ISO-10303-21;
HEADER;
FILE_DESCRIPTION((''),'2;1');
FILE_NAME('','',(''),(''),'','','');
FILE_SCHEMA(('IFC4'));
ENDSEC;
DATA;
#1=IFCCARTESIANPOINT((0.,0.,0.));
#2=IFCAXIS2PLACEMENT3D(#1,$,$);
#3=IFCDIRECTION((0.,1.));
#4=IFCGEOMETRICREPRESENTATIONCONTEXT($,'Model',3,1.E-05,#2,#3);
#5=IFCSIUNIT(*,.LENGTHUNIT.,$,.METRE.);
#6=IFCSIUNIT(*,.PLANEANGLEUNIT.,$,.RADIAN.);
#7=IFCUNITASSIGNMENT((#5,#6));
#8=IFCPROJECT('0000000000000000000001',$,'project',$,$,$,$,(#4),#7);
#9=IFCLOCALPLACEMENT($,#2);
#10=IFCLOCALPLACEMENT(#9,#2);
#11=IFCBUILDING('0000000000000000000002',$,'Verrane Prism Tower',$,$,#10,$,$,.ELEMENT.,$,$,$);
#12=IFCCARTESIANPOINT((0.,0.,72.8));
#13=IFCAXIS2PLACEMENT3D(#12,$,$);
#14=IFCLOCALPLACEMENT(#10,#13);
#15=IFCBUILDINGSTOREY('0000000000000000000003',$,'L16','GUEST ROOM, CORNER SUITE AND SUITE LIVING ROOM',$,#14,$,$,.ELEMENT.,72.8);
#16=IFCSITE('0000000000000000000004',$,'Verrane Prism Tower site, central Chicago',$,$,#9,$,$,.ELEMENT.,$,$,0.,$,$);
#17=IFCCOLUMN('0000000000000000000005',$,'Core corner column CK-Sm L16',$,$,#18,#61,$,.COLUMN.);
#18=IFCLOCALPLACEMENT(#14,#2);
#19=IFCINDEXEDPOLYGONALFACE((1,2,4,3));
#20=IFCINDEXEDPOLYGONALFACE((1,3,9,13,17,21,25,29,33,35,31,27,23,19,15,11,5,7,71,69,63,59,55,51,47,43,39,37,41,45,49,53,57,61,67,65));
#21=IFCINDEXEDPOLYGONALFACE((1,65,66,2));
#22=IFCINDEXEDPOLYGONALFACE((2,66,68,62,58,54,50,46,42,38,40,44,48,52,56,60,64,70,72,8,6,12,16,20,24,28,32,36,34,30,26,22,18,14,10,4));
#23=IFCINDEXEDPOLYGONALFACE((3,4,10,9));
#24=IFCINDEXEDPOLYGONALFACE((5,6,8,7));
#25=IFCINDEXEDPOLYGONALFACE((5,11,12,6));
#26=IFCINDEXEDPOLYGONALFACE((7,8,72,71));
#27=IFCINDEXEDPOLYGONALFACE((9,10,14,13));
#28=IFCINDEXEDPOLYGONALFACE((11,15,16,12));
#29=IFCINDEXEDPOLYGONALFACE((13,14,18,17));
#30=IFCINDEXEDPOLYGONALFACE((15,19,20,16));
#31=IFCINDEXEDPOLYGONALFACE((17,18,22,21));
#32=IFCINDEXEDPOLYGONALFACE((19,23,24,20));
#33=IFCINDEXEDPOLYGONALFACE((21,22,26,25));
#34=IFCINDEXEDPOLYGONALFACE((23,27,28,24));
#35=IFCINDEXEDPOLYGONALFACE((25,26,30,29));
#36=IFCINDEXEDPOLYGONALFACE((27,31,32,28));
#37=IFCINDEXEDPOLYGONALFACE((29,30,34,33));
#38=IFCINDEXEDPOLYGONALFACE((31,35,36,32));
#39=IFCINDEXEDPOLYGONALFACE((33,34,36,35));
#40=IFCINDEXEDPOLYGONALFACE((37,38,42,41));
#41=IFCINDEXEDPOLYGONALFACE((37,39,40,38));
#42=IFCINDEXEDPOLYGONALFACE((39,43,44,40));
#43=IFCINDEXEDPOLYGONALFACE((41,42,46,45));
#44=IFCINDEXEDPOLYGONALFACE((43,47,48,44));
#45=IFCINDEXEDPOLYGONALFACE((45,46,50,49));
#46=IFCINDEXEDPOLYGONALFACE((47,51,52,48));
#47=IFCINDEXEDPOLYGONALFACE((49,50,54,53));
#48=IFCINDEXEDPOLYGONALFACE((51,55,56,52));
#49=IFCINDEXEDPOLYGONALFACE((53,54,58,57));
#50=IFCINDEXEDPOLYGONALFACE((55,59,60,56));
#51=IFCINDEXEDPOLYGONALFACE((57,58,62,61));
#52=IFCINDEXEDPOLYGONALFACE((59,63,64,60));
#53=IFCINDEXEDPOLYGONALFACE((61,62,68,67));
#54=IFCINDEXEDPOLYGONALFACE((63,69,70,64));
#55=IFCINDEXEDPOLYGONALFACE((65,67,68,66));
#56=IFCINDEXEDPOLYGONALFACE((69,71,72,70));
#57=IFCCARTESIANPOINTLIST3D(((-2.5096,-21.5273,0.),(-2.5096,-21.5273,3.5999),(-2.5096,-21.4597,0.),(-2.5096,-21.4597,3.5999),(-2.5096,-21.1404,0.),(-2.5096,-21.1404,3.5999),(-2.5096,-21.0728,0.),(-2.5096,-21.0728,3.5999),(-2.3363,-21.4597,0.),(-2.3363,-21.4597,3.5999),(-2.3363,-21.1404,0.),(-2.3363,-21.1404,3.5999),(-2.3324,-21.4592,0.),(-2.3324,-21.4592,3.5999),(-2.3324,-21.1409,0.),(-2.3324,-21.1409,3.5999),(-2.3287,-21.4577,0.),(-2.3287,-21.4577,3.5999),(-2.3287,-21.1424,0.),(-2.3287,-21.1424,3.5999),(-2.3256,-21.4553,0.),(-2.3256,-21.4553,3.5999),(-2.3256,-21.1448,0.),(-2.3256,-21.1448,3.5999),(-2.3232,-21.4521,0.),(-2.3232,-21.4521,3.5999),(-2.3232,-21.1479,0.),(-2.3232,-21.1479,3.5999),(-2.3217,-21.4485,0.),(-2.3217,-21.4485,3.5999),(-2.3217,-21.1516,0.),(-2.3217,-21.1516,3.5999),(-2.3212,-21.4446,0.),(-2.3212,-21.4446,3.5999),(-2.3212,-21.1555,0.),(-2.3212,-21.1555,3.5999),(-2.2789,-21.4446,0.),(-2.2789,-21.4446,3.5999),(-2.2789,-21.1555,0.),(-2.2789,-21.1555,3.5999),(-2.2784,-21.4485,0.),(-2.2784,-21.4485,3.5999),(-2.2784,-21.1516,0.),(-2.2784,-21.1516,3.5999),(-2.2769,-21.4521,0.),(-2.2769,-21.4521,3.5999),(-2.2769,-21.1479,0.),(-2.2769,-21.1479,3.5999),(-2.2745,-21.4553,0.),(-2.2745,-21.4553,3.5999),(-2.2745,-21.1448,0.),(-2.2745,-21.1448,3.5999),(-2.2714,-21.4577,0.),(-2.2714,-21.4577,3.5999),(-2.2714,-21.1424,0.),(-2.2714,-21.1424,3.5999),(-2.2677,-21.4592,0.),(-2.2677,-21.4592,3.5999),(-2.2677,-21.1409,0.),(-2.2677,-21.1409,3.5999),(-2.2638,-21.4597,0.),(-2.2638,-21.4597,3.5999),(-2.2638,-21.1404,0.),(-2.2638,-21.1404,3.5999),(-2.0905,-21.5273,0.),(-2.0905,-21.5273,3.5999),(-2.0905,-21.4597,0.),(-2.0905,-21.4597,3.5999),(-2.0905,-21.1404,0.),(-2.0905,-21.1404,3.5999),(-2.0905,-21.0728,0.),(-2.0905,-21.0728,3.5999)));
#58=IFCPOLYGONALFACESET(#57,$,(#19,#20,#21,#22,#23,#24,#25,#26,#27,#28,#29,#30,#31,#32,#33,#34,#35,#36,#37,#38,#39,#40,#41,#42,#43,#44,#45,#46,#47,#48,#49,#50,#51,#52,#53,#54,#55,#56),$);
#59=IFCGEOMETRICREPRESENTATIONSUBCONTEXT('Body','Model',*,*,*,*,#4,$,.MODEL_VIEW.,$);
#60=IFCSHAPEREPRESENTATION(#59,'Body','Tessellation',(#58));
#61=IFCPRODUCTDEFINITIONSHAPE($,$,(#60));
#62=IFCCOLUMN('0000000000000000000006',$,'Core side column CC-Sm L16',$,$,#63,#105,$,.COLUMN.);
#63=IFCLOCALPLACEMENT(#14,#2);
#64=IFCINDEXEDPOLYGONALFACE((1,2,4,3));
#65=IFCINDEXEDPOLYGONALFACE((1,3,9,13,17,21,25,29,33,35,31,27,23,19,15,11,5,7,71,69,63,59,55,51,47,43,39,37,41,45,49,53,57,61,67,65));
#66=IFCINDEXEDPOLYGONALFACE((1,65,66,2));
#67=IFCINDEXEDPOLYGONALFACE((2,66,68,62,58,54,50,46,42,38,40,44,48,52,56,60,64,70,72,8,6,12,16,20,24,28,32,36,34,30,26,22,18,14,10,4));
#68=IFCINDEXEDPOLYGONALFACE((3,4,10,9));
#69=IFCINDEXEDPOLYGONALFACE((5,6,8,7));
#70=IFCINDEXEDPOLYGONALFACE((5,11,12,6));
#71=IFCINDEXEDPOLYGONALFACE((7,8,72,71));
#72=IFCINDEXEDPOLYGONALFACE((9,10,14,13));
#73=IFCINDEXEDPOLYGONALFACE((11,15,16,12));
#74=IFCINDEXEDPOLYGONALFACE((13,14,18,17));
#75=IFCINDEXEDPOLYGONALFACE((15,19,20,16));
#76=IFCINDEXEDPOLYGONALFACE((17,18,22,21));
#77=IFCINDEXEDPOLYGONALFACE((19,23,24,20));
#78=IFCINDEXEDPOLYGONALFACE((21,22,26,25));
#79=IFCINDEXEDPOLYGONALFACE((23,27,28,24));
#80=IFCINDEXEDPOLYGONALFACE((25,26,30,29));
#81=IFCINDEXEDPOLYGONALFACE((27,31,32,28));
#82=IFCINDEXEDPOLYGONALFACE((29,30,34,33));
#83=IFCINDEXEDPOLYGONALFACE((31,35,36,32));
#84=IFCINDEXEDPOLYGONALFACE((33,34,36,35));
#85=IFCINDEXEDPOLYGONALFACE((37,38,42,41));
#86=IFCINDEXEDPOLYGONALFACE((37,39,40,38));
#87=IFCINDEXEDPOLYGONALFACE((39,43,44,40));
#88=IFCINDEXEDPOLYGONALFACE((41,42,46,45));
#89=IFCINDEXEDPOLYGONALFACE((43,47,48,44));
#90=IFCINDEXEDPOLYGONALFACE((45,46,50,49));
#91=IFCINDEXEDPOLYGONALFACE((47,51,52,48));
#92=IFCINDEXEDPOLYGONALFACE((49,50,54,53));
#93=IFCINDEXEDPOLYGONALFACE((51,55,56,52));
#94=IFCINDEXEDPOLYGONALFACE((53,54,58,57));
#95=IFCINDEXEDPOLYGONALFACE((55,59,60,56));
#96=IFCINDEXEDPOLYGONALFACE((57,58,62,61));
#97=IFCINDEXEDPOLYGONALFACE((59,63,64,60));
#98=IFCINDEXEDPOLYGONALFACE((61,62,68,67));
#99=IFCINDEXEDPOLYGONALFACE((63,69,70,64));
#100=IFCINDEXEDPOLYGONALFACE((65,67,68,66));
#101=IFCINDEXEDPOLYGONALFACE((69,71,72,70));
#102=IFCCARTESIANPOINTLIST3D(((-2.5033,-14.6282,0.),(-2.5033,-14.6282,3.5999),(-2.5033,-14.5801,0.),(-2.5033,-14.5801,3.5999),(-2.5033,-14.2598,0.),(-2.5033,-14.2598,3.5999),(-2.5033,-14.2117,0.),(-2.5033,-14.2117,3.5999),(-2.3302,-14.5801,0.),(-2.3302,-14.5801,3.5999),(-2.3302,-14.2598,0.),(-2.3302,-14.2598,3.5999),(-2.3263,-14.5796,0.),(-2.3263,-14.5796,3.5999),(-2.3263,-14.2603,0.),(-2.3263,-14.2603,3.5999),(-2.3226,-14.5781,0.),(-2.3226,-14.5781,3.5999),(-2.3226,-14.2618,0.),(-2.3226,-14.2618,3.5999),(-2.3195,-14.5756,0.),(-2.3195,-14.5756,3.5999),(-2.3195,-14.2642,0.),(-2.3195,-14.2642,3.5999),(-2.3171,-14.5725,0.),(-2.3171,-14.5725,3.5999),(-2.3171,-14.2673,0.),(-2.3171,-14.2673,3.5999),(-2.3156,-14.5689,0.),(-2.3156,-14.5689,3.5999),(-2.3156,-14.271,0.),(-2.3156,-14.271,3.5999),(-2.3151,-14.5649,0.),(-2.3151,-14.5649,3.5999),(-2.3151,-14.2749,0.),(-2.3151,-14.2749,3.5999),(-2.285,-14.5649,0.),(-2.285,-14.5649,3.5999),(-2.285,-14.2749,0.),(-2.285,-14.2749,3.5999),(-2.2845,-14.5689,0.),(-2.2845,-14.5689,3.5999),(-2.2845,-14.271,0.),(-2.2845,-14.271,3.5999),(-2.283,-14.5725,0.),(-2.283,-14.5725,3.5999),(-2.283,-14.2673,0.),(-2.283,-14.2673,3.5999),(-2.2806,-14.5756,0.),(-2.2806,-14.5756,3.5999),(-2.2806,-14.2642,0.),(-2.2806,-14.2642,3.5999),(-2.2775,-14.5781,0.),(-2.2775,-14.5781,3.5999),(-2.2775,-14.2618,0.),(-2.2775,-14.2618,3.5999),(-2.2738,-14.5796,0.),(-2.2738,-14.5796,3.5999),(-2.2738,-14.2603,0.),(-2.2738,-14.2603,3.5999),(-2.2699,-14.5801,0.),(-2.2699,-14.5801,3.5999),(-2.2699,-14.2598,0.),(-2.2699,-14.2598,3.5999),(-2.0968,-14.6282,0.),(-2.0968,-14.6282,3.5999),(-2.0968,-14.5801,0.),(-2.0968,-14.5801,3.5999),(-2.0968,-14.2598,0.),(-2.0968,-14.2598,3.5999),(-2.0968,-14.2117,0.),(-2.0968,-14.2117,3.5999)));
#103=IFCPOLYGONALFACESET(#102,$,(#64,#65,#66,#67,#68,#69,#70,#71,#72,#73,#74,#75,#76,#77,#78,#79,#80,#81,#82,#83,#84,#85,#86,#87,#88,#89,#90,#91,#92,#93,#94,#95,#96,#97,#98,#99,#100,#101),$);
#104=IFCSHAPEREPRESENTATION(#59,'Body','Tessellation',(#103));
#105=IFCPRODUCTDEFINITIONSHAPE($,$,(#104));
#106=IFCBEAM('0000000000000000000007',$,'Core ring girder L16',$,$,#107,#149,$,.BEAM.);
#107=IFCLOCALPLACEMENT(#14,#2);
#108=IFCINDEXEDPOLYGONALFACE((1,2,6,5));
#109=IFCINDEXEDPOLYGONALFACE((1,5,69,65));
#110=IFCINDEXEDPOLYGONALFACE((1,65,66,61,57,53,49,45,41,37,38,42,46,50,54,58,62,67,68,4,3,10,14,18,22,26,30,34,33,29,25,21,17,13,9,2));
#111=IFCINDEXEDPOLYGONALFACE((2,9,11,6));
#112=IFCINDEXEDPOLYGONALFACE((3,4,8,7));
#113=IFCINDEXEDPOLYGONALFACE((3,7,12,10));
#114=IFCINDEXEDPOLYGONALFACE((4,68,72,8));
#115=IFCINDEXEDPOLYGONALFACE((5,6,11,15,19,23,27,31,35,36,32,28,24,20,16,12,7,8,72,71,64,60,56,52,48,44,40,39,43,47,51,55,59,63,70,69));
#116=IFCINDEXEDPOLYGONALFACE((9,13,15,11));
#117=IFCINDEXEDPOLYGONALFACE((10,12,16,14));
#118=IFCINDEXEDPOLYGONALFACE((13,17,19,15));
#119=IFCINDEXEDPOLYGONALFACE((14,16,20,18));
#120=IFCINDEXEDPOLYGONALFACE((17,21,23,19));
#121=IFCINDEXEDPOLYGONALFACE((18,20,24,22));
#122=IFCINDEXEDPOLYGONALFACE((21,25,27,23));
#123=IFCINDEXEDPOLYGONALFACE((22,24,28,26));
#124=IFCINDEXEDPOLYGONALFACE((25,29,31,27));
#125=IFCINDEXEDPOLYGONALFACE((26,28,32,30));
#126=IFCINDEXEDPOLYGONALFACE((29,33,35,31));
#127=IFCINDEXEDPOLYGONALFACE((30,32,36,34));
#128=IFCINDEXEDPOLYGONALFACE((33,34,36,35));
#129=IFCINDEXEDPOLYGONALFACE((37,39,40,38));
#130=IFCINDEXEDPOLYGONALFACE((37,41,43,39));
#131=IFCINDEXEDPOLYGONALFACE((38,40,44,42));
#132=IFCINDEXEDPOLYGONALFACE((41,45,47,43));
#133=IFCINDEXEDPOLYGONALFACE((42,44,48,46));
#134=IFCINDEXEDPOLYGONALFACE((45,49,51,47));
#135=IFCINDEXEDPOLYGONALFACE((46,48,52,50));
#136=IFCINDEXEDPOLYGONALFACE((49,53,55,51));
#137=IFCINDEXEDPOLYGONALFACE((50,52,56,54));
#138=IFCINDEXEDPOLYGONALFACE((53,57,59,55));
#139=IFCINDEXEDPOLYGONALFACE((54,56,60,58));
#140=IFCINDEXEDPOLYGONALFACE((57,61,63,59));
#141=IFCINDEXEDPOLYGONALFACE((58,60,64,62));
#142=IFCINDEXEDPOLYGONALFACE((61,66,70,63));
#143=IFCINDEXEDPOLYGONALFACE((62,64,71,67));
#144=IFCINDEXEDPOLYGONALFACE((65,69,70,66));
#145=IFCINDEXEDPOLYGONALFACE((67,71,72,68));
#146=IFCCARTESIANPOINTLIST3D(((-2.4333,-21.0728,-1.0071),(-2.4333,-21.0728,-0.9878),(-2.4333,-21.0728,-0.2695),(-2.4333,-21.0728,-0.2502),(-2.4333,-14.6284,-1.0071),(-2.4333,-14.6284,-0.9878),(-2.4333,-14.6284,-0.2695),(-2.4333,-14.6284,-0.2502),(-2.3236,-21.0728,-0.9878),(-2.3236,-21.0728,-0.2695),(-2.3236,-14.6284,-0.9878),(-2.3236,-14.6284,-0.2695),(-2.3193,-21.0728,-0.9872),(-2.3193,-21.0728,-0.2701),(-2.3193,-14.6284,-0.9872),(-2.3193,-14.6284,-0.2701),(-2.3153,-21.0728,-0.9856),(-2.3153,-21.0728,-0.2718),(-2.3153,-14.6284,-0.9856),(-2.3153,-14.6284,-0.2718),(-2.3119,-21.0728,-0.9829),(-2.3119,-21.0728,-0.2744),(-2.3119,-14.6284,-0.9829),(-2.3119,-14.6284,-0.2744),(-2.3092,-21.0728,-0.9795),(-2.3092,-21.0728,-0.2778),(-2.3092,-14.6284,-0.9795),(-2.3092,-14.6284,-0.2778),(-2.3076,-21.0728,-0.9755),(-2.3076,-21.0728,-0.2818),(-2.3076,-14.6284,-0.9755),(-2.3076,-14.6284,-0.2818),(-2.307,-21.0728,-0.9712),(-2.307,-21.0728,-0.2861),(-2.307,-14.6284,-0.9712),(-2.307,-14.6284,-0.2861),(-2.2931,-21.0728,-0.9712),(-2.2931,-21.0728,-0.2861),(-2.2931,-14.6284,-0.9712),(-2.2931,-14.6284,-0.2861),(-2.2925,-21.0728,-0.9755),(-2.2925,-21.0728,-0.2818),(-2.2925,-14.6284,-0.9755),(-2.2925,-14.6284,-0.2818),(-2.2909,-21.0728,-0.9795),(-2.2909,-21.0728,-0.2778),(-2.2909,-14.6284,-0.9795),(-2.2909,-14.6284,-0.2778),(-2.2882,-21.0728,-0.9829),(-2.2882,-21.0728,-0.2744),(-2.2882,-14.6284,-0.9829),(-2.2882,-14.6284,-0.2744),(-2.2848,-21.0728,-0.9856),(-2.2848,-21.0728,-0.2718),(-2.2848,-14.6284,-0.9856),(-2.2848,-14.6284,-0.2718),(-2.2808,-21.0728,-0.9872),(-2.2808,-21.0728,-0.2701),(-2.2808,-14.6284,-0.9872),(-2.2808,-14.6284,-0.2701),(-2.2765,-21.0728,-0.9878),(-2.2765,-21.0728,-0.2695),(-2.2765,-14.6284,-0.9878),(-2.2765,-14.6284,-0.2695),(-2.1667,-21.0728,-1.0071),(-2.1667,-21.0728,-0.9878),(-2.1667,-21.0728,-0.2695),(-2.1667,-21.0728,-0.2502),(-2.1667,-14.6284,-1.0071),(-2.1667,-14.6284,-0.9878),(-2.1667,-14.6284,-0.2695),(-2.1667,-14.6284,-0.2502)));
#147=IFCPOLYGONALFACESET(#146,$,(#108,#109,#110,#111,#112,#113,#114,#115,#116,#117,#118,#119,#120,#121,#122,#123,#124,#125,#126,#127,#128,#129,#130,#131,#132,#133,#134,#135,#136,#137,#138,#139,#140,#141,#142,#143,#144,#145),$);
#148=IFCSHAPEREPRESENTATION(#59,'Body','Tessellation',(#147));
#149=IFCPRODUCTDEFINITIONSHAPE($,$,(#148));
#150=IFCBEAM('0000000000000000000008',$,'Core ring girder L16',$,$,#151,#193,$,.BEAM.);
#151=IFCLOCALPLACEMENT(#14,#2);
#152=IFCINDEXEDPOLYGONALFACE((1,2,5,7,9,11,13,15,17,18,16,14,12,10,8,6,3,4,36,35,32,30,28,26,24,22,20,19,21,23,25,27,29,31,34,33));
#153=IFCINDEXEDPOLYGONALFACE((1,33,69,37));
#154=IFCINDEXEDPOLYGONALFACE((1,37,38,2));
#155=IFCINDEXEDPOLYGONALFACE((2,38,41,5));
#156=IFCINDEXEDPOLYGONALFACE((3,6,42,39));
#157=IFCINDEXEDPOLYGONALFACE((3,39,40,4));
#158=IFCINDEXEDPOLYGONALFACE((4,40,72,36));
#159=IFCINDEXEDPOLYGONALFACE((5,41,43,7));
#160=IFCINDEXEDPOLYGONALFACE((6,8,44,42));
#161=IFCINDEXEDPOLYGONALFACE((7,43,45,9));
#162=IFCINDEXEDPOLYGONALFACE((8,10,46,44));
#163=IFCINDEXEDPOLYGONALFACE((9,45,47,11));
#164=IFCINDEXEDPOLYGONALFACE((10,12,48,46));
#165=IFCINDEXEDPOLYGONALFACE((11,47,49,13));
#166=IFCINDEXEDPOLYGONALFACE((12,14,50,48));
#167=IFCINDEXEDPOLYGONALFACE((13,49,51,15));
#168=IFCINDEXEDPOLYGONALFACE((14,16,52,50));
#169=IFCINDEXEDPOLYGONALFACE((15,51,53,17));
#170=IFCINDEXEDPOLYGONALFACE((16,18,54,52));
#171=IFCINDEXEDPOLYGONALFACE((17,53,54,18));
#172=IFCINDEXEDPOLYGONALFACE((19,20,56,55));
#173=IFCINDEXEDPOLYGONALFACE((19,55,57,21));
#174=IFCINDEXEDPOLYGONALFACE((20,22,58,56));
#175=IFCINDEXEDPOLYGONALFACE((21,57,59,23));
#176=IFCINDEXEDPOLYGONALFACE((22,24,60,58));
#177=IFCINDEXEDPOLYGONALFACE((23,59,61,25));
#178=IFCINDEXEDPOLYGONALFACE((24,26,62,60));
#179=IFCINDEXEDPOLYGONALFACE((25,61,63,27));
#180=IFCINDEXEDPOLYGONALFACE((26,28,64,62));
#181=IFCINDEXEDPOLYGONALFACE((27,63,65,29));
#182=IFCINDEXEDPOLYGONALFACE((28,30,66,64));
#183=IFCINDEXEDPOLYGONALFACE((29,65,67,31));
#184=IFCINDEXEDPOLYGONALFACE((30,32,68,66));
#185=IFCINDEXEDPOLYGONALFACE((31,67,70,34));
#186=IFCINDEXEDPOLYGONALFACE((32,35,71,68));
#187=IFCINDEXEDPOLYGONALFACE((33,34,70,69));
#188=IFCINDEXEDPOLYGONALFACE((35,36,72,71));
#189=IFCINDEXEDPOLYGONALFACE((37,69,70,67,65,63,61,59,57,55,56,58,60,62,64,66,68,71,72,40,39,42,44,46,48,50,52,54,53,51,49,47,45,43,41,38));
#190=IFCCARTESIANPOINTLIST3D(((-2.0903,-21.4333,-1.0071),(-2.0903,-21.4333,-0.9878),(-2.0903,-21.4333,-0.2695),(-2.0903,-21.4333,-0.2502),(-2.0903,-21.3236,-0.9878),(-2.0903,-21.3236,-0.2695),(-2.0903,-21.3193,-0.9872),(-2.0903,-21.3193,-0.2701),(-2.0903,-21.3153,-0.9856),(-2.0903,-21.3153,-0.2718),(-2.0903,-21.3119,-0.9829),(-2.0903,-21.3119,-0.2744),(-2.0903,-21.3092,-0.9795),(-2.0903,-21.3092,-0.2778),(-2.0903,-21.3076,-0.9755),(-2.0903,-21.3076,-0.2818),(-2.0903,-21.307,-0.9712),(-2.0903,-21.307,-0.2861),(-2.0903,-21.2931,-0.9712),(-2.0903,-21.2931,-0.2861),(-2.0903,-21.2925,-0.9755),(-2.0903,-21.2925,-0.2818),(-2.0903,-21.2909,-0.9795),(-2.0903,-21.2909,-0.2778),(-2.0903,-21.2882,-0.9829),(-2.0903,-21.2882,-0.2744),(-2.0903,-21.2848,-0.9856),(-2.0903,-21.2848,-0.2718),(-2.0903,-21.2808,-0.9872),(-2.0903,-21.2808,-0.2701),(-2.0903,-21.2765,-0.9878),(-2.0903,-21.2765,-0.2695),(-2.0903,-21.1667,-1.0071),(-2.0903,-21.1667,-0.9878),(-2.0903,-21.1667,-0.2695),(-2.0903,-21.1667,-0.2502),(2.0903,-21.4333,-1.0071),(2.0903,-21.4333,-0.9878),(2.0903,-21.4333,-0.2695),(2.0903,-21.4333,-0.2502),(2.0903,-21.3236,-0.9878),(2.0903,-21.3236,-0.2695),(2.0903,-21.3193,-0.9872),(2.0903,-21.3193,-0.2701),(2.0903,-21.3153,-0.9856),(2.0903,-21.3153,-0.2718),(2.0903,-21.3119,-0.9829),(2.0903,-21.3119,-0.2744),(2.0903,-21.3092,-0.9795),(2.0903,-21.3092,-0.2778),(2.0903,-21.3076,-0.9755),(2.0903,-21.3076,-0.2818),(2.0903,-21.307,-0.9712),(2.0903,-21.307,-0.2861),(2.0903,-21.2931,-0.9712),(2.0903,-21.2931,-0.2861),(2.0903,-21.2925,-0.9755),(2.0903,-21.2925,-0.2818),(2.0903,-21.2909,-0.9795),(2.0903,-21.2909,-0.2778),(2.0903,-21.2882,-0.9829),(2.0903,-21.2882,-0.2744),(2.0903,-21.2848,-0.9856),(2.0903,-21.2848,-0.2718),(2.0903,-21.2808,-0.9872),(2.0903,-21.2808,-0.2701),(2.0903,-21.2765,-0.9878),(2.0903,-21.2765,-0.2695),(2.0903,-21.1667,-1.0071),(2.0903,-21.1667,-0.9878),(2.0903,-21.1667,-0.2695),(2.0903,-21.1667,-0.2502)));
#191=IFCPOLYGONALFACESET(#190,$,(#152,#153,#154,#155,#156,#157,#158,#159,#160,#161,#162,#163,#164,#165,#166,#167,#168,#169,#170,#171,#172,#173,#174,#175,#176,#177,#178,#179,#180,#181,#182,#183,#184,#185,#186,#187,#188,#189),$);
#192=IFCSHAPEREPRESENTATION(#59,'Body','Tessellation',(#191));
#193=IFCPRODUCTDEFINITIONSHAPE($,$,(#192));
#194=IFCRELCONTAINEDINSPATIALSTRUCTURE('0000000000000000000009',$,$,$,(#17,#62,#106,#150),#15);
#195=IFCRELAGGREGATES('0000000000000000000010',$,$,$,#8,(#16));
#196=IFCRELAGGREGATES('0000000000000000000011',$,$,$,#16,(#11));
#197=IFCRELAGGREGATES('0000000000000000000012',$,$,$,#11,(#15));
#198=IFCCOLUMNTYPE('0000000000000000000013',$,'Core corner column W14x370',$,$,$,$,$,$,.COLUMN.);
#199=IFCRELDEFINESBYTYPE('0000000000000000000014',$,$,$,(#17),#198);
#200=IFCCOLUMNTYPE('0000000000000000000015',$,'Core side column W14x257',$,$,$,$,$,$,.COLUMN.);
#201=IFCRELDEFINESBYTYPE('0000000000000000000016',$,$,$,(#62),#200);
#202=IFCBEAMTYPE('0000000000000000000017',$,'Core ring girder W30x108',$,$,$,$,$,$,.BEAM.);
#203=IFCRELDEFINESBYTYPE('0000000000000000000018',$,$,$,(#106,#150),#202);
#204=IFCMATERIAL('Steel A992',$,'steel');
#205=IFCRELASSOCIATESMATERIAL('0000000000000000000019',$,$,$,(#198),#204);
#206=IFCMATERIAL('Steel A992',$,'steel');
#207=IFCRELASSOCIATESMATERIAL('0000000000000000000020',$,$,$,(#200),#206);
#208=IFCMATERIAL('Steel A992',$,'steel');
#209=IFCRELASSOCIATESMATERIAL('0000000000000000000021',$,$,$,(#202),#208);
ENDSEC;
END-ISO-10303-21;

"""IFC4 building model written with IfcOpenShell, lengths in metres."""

from ifc_helpers import new_model, si_unit, direction, frame, origin, origin_2d, place, context, subcontext, project, spatial, i_section, extrude, material, material_profile, profile_set, type_object, element, save


model = new_model("IFC4")

# Units and contexts
model_context = context("Model", 3, precision=1e-05, world=origin(), true_north=direction((0.0, 1.0)))
body_context = subcontext(model_context, "Body", "Model", "MODEL_VIEW")
ifc_project = project(units=[si_unit("LENGTHUNIT", "METRE"), si_unit("PLANEANGLEUNIT", "RADIAN")], contexts=[model_context])

# Site, building, storey
site_placement = place(None, origin())
site = spatial("IfcSite", under=ifc_project, at=site_placement, Name="Verrane Prism Tower site, central Chicago", CompositionType="ELEMENT", RefElevation=0.0)
building_placement = place(site_placement, origin())
building = spatial("IfcBuilding", under=site, at=building_placement, Name="Verrane Prism Tower", CompositionType="ELEMENT")
storey_placement = place(building_placement, frame((0.0, 0.0, 72.8)))
storey = spatial("IfcBuildingStorey", under=building, at=storey_placement, Name="L16", Description="GUEST ROOM, CORNER SUITE AND SUITE LIVING ROOM", CompositionType="ELEMENT", Elevation=72.8)

# Columns
ifc_material_1 = material(Name="Steel A992", Category="steel")
ifc_material_profile_1 = material_profile(ifc_material_1, i_section(OverallWidth=0.4192, OverallDepth=0.4546, WebThickness=0.0422, FlangeThickness=0.0676, FilletRadius=0.0151, at=origin_2d()), Name="W14x370")
ifc_profile_set_1 = profile_set([ifc_material_profile_1], Name="Steel A992")
column_type_1 = type_object("IfcColumnType", Name="Core corner column W14x370", PredefinedType="COLUMN", material=ifc_profile_set_1)
column_1_placement = place(storey_placement, frame((-2.3, -21.3, 0.0), z_axis=(0.0, 0.0, 1.0), x_axis=(-1.0, 0.0, 0.0)))
element("IfcColumn", 1, at=column_1_placement, inside=storey, type_object=column_type_1, Name="Core corner column CK-Sm L16", PredefinedType="COLUMN", context=body_context, shape_type="SweptSolid", body=[
    extrude(i_section(OverallWidth=0.4192, OverallDepth=0.4546, WebThickness=0.0422, FlangeThickness=0.0676, FilletRadius=0.0151, at=origin_2d()), origin(), (0.0, 0.0, 1.0), 3.5999),
])
ifc_material_2 = material(Name="Steel A992", Category="steel")
ifc_material_profile_2 = material_profile(ifc_material_2, i_section(OverallWidth=0.4065, OverallDepth=0.4165, WebThickness=0.03, FlangeThickness=0.0481, FilletRadius=0.0151, at=origin_2d()), Name="W14x257")
ifc_profile_set_2 = profile_set([ifc_material_profile_2], Name="Steel A992")
column_type_2 = type_object("IfcColumnType", Name="Core side column W14x257", PredefinedType="COLUMN", material=ifc_profile_set_2)
column_2_placement = place(storey_placement, frame((-2.3, -14.4199, 0.0), z_axis=(0.0, 0.0, 1.0), x_axis=(1.0, 0.0, 0.0)))
element("IfcColumn", 2, at=column_2_placement, inside=storey, type_object=column_type_2, Name="Core side column CC-Sm L16", PredefinedType="COLUMN", context=body_context, shape_type="SweptSolid", body=[
    extrude(i_section(OverallWidth=0.4065, OverallDepth=0.4165, WebThickness=0.03, FlangeThickness=0.0481, FilletRadius=0.0151, at=origin_2d()), origin(), (0.0, 0.0, 1.0), 3.5999),
])

# Beams
ifc_material_3 = material(Name="Steel A992", Category="steel")
ifc_material_profile_3 = material_profile(ifc_material_3, i_section(OverallWidth=0.2666, OverallDepth=0.7568, WebThickness=0.0139, FlangeThickness=0.0193, FilletRadius=0.0166, at=origin_2d()), Name="W30x108")
ifc_profile_set_3 = profile_set([ifc_material_profile_3], Name="Steel A992")
beam_type_1 = type_object("IfcBeamType", Name="Core ring girder W30x108", PredefinedType="BEAM", material=ifc_profile_set_3)
beam_1_placement = place(storey_placement, frame((-2.3, -14.6284, -0.6287), z_axis=(0.0, -1.0, 0.0), x_axis=(1.0, 0.0, 0.0)))
element("IfcBeam", 3, at=beam_1_placement, inside=storey, type_object=beam_type_1, Name="Core ring girder L16", PredefinedType="BEAM", context=body_context, shape_type="SweptSolid", body=[
    extrude(i_section(OverallWidth=0.2666, OverallDepth=0.7568, WebThickness=0.0139, FlangeThickness=0.0193, FilletRadius=0.0166, at=origin_2d()), origin(), (0.0, 0.0, 1.0), 6.4443),
])
beam_2_placement = place(storey_placement, frame((-2.0903, -21.3, -0.6287), z_axis=(1.0, 0.0, 0.0), x_axis=(0.0, 1.0, 0.0)))
element("IfcBeam", 4, at=beam_2_placement, inside=storey, type_object=beam_type_1, Name="Core ring girder L16", PredefinedType="BEAM", context=body_context, shape_type="SweptSolid", body=[
    extrude(i_section(OverallWidth=0.2666, OverallDepth=0.7568, WebThickness=0.0139, FlangeThickness=0.0193, FilletRadius=0.0166, at=origin_2d()), origin(), (0.0, 0.0, 1.0), 4.1807),
])

save(model, "model.ifc")
